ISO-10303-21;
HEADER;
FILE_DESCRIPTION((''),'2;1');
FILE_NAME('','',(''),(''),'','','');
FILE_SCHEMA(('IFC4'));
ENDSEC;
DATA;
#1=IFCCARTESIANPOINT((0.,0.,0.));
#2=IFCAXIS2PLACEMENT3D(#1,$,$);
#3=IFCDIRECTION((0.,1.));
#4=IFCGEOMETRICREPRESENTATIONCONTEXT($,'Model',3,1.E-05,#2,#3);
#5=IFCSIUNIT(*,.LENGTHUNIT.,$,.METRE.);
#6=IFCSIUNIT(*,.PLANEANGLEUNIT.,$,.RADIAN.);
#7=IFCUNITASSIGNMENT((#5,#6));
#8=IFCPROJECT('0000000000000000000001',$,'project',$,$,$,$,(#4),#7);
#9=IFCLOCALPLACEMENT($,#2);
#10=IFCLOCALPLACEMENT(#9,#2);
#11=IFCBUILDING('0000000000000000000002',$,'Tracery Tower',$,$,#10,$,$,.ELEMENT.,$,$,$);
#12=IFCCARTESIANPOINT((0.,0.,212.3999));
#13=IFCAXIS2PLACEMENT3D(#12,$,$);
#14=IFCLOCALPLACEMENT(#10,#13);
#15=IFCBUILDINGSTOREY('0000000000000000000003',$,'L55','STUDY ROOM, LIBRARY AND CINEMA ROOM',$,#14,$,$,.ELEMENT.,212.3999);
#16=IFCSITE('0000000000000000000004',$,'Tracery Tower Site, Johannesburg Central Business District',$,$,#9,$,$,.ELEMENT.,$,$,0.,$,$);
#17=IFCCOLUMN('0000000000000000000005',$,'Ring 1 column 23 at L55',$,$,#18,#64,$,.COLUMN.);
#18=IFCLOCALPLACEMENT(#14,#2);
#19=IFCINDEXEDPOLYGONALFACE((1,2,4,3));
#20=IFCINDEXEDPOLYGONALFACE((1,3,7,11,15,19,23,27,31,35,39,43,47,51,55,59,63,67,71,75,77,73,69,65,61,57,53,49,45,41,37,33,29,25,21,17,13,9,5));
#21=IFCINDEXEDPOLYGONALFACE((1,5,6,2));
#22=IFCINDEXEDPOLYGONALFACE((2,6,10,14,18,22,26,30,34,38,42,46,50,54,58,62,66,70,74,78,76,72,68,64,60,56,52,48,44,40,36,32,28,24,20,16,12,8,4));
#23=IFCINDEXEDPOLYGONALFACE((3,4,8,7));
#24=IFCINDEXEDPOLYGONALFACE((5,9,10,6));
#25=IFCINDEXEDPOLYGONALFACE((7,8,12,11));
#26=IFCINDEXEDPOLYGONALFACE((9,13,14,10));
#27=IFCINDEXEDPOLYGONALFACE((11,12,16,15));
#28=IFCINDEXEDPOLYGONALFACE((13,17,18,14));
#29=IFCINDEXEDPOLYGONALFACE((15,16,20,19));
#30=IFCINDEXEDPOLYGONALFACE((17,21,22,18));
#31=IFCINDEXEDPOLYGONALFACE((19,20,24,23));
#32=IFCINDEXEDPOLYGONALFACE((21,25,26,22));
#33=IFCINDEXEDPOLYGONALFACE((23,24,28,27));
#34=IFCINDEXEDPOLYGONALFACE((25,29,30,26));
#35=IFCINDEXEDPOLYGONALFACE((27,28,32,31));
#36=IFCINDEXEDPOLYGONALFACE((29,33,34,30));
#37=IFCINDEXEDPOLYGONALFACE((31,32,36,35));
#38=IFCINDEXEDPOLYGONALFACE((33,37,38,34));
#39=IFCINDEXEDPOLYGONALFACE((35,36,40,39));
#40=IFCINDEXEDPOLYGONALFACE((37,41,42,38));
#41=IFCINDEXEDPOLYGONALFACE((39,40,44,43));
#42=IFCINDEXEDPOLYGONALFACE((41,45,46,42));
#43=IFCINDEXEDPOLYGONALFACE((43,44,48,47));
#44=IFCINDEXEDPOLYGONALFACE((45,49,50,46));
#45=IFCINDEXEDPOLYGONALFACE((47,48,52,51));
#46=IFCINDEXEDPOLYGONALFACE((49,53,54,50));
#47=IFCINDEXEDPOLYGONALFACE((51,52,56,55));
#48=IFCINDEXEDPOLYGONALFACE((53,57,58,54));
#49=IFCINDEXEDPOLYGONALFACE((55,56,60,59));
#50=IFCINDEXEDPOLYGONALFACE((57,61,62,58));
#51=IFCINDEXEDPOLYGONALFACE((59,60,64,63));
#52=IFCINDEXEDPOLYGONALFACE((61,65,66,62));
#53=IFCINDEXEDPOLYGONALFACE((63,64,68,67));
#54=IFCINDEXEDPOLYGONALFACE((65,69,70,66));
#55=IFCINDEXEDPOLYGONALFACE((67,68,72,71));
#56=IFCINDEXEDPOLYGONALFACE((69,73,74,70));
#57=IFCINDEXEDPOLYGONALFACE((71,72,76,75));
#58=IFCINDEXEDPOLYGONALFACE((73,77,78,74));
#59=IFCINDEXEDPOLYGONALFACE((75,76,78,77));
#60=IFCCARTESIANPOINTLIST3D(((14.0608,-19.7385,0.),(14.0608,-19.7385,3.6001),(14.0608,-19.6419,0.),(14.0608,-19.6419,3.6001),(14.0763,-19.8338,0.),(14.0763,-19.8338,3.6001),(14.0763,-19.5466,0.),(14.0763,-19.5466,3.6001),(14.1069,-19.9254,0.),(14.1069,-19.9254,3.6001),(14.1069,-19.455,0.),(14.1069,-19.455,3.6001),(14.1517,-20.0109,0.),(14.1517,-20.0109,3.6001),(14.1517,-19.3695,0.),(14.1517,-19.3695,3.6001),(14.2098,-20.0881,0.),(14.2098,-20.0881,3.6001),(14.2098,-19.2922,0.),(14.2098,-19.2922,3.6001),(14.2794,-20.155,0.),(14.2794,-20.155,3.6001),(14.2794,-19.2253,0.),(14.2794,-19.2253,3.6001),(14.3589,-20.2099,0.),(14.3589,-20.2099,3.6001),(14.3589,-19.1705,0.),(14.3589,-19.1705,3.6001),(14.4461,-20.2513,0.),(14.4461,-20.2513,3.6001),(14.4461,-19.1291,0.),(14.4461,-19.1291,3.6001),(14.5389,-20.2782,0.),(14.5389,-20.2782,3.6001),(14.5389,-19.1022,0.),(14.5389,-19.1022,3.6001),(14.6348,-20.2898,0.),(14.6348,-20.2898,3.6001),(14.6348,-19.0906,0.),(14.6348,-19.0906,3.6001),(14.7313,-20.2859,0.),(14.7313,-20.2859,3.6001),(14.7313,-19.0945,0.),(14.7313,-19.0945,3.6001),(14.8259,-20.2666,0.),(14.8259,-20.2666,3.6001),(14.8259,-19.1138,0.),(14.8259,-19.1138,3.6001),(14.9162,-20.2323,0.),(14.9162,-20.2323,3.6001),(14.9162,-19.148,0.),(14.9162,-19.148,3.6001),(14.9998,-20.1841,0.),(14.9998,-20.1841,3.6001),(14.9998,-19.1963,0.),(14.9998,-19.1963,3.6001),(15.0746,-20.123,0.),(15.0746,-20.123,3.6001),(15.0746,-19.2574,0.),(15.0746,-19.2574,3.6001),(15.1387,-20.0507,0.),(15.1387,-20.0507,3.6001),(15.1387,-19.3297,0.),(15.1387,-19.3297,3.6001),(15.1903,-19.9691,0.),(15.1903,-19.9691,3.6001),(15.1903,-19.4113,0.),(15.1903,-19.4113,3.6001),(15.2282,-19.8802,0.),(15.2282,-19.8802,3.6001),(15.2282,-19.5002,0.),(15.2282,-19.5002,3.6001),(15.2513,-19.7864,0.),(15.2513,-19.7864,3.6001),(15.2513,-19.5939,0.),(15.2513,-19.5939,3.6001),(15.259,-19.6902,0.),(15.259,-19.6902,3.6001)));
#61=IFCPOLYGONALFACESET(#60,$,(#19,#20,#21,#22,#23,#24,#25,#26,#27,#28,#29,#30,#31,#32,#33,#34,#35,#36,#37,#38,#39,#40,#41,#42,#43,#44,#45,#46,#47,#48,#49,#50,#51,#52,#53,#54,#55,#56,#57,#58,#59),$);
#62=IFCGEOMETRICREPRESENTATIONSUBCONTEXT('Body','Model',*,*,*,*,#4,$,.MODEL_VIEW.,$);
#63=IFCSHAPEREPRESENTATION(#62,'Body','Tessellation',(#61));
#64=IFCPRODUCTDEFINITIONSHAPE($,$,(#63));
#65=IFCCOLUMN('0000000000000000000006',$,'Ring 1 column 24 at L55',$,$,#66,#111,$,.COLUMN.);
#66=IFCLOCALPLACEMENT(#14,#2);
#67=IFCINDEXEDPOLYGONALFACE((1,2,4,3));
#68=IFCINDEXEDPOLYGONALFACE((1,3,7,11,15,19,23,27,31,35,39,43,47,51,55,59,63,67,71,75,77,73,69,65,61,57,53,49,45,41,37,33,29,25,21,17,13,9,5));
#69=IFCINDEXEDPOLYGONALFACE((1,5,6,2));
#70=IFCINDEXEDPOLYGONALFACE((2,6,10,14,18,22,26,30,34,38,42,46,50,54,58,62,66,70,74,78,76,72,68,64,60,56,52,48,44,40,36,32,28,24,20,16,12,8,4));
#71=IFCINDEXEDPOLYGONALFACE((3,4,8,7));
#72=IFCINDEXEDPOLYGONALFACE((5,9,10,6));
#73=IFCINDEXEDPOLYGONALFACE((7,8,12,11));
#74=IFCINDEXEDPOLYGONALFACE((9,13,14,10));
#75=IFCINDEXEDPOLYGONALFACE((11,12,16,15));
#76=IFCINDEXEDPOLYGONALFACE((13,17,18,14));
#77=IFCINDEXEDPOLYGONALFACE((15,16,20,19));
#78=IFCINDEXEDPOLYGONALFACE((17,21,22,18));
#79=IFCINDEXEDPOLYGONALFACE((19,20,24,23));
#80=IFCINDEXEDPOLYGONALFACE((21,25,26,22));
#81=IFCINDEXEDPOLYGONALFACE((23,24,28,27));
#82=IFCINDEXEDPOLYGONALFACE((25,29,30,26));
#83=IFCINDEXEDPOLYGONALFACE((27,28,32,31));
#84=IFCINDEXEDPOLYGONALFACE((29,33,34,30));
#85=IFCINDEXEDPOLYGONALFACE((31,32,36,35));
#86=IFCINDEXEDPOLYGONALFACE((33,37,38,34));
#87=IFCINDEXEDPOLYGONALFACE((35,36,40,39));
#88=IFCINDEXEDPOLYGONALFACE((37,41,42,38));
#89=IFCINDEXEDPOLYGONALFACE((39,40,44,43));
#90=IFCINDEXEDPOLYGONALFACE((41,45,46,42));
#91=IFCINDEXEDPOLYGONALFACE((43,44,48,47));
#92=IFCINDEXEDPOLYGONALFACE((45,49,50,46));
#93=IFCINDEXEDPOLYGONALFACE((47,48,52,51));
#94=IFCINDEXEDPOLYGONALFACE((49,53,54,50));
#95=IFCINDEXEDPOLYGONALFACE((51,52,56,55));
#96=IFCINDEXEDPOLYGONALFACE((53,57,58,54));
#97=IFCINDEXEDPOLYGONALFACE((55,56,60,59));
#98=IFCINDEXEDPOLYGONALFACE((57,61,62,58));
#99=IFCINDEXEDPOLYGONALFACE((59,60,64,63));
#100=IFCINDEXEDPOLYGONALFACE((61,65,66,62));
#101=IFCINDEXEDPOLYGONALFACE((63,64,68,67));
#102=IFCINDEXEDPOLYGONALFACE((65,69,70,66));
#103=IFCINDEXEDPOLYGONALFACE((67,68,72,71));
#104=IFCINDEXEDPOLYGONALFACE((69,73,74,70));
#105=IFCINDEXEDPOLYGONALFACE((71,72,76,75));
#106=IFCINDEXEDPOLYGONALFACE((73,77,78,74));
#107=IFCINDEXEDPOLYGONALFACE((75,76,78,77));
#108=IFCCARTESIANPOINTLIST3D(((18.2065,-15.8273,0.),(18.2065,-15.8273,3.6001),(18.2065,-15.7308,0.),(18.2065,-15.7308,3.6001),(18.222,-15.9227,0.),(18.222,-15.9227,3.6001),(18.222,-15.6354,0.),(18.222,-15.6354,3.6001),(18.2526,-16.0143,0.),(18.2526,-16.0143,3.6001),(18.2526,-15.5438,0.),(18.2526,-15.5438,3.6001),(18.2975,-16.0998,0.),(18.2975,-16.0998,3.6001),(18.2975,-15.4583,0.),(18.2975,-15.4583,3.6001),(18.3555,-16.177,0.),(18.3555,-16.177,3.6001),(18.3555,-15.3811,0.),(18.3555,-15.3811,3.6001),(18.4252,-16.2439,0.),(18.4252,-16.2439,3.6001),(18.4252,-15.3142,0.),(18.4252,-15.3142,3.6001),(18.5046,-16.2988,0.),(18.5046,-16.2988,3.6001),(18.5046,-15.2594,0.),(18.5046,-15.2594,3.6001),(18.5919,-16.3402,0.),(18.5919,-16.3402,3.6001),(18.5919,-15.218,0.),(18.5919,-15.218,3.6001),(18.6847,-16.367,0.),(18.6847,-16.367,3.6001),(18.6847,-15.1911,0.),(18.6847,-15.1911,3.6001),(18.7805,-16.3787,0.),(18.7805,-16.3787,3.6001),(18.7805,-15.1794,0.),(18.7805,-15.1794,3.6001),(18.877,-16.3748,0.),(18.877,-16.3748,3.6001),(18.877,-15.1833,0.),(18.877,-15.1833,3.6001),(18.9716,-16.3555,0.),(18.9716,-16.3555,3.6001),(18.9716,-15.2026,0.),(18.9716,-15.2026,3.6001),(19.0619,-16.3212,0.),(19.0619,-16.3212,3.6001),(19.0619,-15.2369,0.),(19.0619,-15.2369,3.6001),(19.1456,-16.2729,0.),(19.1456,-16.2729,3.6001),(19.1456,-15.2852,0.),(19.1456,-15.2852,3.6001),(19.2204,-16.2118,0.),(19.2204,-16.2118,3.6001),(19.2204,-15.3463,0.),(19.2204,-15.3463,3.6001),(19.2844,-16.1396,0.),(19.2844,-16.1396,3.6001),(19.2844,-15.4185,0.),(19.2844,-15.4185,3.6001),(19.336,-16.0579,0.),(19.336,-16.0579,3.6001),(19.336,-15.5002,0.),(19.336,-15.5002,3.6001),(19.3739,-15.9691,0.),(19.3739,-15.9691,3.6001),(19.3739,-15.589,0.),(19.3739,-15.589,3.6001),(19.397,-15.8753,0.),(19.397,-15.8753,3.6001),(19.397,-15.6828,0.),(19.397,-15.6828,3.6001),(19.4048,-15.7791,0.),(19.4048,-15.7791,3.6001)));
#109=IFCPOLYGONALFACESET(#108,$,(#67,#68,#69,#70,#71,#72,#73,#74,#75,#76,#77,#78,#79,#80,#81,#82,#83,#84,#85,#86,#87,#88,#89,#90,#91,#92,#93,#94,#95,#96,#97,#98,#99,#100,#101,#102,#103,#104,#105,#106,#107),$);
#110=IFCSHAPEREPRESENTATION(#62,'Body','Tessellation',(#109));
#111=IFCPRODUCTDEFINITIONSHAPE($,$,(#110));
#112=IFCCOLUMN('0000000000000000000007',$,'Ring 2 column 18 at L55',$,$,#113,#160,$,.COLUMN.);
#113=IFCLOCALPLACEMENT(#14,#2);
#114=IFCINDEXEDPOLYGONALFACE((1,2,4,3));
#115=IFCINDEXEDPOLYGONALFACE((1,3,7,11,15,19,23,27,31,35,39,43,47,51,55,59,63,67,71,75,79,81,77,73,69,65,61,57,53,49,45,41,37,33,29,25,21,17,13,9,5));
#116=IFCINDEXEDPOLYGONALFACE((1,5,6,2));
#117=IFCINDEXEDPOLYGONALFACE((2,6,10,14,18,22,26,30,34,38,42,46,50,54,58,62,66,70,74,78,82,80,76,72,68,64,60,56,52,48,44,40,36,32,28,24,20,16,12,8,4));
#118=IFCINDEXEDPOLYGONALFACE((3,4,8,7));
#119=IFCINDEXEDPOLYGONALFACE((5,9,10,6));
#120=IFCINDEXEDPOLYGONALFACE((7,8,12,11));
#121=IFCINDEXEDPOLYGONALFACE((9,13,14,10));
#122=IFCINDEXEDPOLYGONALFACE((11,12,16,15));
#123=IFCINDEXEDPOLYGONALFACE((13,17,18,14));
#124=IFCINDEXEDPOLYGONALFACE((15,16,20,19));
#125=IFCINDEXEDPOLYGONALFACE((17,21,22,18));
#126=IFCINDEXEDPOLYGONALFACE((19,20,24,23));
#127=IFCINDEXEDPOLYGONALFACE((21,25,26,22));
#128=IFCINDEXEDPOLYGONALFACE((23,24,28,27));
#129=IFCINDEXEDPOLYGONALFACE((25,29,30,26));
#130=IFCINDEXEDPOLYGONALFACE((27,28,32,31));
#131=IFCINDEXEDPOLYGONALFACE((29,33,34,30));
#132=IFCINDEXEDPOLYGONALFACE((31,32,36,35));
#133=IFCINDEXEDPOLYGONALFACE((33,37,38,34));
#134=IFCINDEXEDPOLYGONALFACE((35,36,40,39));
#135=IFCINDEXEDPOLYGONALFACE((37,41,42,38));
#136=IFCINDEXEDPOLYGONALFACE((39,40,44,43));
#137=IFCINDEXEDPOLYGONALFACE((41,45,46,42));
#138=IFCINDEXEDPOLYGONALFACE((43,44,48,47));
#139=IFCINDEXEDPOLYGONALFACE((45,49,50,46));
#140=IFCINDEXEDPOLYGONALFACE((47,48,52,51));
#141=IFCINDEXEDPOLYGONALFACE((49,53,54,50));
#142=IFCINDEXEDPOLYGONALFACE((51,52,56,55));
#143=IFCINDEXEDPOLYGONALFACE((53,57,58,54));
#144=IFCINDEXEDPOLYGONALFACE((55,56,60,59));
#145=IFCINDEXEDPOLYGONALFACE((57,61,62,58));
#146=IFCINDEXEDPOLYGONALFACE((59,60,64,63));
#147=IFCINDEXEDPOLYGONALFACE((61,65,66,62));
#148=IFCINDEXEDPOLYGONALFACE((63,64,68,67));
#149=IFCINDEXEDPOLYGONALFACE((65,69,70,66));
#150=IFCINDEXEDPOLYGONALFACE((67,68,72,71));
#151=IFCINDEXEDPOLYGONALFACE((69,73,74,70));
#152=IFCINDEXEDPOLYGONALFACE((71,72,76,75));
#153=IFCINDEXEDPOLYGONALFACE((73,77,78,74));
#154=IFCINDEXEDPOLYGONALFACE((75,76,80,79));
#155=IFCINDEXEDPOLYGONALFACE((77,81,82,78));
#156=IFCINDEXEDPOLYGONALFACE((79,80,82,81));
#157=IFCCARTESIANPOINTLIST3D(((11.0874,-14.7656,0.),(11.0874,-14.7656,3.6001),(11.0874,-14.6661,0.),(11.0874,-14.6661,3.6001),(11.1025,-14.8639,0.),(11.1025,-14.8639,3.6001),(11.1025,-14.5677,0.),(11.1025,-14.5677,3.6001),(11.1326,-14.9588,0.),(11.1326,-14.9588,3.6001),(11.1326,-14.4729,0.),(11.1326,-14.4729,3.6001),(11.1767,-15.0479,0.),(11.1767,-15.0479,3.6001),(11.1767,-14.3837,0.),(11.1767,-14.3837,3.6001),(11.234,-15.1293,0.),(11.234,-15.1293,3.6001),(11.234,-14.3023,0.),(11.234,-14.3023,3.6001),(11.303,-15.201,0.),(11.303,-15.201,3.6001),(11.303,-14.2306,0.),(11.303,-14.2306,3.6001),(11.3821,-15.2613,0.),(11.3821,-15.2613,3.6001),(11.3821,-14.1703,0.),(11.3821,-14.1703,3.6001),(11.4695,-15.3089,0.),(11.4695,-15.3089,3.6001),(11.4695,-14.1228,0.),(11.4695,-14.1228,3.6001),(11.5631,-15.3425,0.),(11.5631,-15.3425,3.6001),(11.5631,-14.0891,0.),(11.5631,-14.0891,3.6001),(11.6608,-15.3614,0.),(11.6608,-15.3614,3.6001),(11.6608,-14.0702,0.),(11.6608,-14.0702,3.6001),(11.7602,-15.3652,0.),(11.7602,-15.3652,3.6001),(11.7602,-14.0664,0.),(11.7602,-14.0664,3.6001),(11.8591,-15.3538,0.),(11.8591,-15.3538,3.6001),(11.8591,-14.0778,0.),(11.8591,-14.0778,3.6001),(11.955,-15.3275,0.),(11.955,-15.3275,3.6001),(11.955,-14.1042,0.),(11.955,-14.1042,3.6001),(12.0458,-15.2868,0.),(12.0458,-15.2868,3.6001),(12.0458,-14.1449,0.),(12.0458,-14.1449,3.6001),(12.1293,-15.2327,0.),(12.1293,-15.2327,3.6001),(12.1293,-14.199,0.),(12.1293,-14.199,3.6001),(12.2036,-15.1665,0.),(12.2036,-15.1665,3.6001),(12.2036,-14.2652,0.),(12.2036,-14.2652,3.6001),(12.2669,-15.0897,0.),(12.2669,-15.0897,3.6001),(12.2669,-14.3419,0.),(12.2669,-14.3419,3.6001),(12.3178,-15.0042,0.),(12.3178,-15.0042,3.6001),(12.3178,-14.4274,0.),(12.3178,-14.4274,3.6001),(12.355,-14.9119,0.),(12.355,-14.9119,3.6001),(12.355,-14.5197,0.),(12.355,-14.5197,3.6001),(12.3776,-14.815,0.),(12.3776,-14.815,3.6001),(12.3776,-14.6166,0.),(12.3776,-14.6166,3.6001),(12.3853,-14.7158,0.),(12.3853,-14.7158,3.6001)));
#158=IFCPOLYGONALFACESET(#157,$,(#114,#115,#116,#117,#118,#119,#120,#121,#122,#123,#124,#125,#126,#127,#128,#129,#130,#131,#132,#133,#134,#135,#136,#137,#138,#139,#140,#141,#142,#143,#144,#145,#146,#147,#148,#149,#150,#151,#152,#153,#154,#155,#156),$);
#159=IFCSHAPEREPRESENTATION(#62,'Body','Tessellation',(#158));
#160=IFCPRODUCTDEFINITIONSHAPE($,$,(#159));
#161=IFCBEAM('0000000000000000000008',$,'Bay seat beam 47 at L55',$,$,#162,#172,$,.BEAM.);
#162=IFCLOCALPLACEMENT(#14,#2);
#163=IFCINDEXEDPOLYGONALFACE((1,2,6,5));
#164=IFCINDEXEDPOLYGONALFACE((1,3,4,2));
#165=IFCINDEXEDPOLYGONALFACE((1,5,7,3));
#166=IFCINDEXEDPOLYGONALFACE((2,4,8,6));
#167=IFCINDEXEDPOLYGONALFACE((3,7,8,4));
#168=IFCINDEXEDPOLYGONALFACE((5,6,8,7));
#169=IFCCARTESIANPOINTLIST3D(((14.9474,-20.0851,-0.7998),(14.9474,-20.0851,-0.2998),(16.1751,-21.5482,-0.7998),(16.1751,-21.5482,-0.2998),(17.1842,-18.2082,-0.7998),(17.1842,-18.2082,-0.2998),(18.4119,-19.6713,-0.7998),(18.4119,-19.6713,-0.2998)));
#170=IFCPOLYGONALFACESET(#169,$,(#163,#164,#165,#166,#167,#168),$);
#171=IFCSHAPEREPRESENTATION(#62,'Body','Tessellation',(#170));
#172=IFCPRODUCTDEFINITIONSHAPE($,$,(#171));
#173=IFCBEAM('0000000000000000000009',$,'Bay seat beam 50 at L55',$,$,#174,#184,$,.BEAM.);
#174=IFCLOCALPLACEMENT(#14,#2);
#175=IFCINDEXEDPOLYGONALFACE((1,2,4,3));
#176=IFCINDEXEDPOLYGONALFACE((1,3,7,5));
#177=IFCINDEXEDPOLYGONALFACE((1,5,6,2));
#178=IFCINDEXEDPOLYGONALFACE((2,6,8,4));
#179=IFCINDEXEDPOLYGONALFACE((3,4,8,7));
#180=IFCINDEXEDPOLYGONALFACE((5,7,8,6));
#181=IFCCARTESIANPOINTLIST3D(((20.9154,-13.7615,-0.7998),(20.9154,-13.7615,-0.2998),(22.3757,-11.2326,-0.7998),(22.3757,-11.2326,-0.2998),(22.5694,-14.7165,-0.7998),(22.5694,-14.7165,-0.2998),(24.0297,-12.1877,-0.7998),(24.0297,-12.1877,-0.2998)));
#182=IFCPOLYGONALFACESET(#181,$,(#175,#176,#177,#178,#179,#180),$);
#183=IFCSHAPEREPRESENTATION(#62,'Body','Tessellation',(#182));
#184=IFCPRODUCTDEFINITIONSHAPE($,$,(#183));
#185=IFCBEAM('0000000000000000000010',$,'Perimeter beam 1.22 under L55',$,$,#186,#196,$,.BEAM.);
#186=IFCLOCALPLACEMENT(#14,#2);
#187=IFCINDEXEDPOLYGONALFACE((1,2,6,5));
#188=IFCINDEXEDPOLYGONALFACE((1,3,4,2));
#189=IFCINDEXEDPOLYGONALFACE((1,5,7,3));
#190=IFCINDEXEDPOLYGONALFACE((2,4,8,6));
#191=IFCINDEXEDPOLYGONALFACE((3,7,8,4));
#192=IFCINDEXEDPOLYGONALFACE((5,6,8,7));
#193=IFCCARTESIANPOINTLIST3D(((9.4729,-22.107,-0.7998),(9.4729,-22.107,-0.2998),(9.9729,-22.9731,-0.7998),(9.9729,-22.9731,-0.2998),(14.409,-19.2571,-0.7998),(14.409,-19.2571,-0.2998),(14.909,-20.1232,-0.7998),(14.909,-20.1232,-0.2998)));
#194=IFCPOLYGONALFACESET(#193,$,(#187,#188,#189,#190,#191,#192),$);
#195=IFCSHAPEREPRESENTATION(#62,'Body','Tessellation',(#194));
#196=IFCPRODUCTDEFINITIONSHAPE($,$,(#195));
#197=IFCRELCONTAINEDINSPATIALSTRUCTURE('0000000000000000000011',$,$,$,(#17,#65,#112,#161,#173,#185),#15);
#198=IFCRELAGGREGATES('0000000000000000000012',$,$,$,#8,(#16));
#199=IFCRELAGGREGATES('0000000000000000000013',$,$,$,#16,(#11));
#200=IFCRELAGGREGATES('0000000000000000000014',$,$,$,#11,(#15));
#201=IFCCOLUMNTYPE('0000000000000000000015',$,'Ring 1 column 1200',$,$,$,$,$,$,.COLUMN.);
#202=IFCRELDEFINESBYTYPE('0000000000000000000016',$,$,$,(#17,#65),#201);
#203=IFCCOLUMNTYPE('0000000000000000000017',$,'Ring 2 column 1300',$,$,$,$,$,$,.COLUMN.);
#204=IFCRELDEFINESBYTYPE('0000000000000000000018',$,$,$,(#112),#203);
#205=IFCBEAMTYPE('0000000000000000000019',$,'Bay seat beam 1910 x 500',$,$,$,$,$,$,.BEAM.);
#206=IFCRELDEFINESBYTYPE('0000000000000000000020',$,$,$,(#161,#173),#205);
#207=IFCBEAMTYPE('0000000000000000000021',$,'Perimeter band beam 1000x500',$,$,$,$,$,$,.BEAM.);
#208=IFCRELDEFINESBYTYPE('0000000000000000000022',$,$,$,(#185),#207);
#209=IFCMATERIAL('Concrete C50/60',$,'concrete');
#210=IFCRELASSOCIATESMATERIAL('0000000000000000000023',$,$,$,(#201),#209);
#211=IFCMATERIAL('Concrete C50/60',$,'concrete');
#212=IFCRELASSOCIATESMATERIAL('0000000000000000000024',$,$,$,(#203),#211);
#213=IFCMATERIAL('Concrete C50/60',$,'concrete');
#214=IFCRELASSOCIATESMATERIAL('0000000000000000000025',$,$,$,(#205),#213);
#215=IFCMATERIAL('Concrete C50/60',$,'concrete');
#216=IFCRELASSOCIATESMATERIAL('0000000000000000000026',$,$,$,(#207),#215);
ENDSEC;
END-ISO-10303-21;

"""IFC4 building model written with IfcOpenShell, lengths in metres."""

from ifc_helpers import new_model, si_unit, direction, frame, origin, origin_2d, place, context, subcontext, project, spatial, rectangle, circle, extrude, material, material_profile, profile_set, type_object, element, save


model = new_model("IFC4")

# Units and contexts
model_context = context("Model", 3, precision=1e-05, world=origin(), true_north=direction((0.0, 1.0)))
body_context = subcontext(model_context, "Body", "Model", "MODEL_VIEW")
ifc_project = project(units=[si_unit("LENGTHUNIT", "METRE"), si_unit("PLANEANGLEUNIT", "RADIAN")], contexts=[model_context])

# Site, building, storey
site_placement = place(None, origin())
site = spatial("IfcSite", under=ifc_project, at=site_placement, Name="Tracery Tower Site, Johannesburg Central Business District", CompositionType="ELEMENT", RefElevation=0.0)
building_placement = place(site_placement, origin())
building = spatial("IfcBuilding", under=site, at=building_placement, Name="Tracery Tower", CompositionType="ELEMENT")
storey_placement = place(building_placement, frame((0.0, 0.0, 212.3999)))
storey = spatial("IfcBuildingStorey", under=building, at=storey_placement, Name="L55", Description="STUDY ROOM, LIBRARY AND CINEMA ROOM", CompositionType="ELEMENT", Elevation=212.3999)

# Columns
ifc_material_1 = material(Name="Concrete C50/60", Category="concrete")
ifc_material_profile_1 = material_profile(ifc_material_1, circle(Radius=0.6001, at=origin_2d()), Name="RC D1200")
ifc_profile_set_1 = profile_set([ifc_material_profile_1], Name="Concrete C50/60")
column_type_1 = type_object("IfcColumnType", Name="Ring 1 column 1200", PredefinedType="COLUMN", material=ifc_profile_set_1)
for number, where, z_axis, x_axis, name in (
    (1, (14.6589, -19.6902, 0.0), (0.0, 0.0, 1.0), (1.0, 0.0, 0.0), "Ring 1 column 23 at L55"),
    (2, (18.8047, -15.7791, 0.0), (0.0, 0.0, 1.0), (1.0, 0.0, 0.0), "Ring 1 column 24 at L55"),
):
    element("IfcColumn", number, at=place(storey_placement, frame(where, z_axis=z_axis, x_axis=x_axis)), inside=storey, type_object=column_type_1, Name=name, PredefinedType="COLUMN", context=body_context, shape_type="SweptSolid", body=[
        extrude(circle(Radius=0.6001, at=origin_2d()), origin(), (0.0, 0.0, 1.0), 3.6001),
    ])
ifc_material_2 = material(Name="Concrete C50/60", Category="concrete")
ifc_material_profile_2 = material_profile(ifc_material_2, circle(Radius=0.6499, at=origin_2d()), Name="RC D1300")
ifc_profile_set_2 = profile_set([ifc_material_profile_2], Name="Concrete C50/60")
column_type_2 = type_object("IfcColumnType", Name="Ring 2 column 1300", PredefinedType="COLUMN", material=ifc_profile_set_2)
column_placement = place(storey_placement, frame((11.7354, -14.7158, 0.0), z_axis=(0.0, 0.0, 1.0), x_axis=(1.0, 0.0, 0.0)))
element("IfcColumn", 3, at=column_placement, inside=storey, type_object=column_type_2, Name="Ring 2 column 18 at L55", PredefinedType="COLUMN", context=body_context, shape_type="SweptSolid", body=[
    extrude(circle(Radius=0.6499, at=origin_2d()), origin(), (0.0, 0.0, 1.0), 3.6001),
])

# Beams
ifc_material_3 = material(Name="Concrete C50/60", Category="concrete")
ifc_material_profile_3 = material_profile(ifc_material_3, rectangle(XDim=1.9099, YDim=0.5, at=origin_2d()), Name="RC 1910x500")
ifc_profile_set_3 = profile_set([ifc_material_profile_3], Name="Concrete C50/60")
beam_type_1 = type_object("IfcBeamType", Name="Bay seat beam 1910 x 500", PredefinedType="BEAM", material=ifc_profile_set_3)
beam_1_placement = place(storey_placement, frame((15.5613, -20.8167, -0.5498), z_axis=(0.766037, 0.642796, 0.0), x_axis=(-0.642796, 0.766037, 0.0)))
element("IfcBeam", 4, at=beam_1_placement, inside=storey, type_object=beam_type_1, Name="Bay seat beam 47 at L55", PredefinedType="BEAM", context=body_context, shape_type="SweptSolid", body=[
    extrude(rectangle(XDim=1.9099, YDim=0.5, at=origin_2d()), origin(), (0.0, 0.0, 1.0), 2.9199),
])
beam_2_placement = place(storey_placement, frame((21.7424, -14.239, -0.5498), z_axis=(0.500051, 0.865996, 0.0), x_axis=(-0.865996, 0.500051, 0.0)))
element("IfcBeam", 5, at=beam_2_placement, inside=storey, type_object=beam_type_1, Name="Bay seat beam 50 at L55", PredefinedType="BEAM", context=body_context, shape_type="SweptSolid", body=[
    extrude(rectangle(XDim=1.9099, YDim=0.5, at=origin_2d()), origin(), (0.0, 0.0, 1.0), 2.9202),
])
ifc_material_4 = material(Name="Concrete C50/60", Category="concrete")
ifc_material_profile_4 = material_profile(ifc_material_4, rectangle(XDim=1.0, YDim=0.5, at=origin_2d()), Name="RC 1000x500")
ifc_profile_set_4 = profile_set([ifc_material_profile_4], Name="Concrete C50/60")
beam_type_2 = type_object("IfcBeamType", Name="Perimeter band beam 1000x500", PredefinedType="BEAM", material=ifc_profile_set_4)
beam_3_placement = place(storey_placement, frame((9.7229, -22.54, -0.5498), z_axis=(0.866023, 0.500004, 0.0), x_axis=(-0.500004, 0.866023, 0.0)))
element("IfcBeam", 6, at=beam_3_placement, inside=storey, type_object=beam_type_2, Name="Perimeter beam 1.22 under L55", PredefinedType="BEAM", context=body_context, shape_type="SweptSolid", body=[
    extrude(rectangle(XDim=1.0, YDim=0.5, at=origin_2d()), origin(), (0.0, 0.0, 1.0), 5.6997),
])

save(model, "model.ifc")
